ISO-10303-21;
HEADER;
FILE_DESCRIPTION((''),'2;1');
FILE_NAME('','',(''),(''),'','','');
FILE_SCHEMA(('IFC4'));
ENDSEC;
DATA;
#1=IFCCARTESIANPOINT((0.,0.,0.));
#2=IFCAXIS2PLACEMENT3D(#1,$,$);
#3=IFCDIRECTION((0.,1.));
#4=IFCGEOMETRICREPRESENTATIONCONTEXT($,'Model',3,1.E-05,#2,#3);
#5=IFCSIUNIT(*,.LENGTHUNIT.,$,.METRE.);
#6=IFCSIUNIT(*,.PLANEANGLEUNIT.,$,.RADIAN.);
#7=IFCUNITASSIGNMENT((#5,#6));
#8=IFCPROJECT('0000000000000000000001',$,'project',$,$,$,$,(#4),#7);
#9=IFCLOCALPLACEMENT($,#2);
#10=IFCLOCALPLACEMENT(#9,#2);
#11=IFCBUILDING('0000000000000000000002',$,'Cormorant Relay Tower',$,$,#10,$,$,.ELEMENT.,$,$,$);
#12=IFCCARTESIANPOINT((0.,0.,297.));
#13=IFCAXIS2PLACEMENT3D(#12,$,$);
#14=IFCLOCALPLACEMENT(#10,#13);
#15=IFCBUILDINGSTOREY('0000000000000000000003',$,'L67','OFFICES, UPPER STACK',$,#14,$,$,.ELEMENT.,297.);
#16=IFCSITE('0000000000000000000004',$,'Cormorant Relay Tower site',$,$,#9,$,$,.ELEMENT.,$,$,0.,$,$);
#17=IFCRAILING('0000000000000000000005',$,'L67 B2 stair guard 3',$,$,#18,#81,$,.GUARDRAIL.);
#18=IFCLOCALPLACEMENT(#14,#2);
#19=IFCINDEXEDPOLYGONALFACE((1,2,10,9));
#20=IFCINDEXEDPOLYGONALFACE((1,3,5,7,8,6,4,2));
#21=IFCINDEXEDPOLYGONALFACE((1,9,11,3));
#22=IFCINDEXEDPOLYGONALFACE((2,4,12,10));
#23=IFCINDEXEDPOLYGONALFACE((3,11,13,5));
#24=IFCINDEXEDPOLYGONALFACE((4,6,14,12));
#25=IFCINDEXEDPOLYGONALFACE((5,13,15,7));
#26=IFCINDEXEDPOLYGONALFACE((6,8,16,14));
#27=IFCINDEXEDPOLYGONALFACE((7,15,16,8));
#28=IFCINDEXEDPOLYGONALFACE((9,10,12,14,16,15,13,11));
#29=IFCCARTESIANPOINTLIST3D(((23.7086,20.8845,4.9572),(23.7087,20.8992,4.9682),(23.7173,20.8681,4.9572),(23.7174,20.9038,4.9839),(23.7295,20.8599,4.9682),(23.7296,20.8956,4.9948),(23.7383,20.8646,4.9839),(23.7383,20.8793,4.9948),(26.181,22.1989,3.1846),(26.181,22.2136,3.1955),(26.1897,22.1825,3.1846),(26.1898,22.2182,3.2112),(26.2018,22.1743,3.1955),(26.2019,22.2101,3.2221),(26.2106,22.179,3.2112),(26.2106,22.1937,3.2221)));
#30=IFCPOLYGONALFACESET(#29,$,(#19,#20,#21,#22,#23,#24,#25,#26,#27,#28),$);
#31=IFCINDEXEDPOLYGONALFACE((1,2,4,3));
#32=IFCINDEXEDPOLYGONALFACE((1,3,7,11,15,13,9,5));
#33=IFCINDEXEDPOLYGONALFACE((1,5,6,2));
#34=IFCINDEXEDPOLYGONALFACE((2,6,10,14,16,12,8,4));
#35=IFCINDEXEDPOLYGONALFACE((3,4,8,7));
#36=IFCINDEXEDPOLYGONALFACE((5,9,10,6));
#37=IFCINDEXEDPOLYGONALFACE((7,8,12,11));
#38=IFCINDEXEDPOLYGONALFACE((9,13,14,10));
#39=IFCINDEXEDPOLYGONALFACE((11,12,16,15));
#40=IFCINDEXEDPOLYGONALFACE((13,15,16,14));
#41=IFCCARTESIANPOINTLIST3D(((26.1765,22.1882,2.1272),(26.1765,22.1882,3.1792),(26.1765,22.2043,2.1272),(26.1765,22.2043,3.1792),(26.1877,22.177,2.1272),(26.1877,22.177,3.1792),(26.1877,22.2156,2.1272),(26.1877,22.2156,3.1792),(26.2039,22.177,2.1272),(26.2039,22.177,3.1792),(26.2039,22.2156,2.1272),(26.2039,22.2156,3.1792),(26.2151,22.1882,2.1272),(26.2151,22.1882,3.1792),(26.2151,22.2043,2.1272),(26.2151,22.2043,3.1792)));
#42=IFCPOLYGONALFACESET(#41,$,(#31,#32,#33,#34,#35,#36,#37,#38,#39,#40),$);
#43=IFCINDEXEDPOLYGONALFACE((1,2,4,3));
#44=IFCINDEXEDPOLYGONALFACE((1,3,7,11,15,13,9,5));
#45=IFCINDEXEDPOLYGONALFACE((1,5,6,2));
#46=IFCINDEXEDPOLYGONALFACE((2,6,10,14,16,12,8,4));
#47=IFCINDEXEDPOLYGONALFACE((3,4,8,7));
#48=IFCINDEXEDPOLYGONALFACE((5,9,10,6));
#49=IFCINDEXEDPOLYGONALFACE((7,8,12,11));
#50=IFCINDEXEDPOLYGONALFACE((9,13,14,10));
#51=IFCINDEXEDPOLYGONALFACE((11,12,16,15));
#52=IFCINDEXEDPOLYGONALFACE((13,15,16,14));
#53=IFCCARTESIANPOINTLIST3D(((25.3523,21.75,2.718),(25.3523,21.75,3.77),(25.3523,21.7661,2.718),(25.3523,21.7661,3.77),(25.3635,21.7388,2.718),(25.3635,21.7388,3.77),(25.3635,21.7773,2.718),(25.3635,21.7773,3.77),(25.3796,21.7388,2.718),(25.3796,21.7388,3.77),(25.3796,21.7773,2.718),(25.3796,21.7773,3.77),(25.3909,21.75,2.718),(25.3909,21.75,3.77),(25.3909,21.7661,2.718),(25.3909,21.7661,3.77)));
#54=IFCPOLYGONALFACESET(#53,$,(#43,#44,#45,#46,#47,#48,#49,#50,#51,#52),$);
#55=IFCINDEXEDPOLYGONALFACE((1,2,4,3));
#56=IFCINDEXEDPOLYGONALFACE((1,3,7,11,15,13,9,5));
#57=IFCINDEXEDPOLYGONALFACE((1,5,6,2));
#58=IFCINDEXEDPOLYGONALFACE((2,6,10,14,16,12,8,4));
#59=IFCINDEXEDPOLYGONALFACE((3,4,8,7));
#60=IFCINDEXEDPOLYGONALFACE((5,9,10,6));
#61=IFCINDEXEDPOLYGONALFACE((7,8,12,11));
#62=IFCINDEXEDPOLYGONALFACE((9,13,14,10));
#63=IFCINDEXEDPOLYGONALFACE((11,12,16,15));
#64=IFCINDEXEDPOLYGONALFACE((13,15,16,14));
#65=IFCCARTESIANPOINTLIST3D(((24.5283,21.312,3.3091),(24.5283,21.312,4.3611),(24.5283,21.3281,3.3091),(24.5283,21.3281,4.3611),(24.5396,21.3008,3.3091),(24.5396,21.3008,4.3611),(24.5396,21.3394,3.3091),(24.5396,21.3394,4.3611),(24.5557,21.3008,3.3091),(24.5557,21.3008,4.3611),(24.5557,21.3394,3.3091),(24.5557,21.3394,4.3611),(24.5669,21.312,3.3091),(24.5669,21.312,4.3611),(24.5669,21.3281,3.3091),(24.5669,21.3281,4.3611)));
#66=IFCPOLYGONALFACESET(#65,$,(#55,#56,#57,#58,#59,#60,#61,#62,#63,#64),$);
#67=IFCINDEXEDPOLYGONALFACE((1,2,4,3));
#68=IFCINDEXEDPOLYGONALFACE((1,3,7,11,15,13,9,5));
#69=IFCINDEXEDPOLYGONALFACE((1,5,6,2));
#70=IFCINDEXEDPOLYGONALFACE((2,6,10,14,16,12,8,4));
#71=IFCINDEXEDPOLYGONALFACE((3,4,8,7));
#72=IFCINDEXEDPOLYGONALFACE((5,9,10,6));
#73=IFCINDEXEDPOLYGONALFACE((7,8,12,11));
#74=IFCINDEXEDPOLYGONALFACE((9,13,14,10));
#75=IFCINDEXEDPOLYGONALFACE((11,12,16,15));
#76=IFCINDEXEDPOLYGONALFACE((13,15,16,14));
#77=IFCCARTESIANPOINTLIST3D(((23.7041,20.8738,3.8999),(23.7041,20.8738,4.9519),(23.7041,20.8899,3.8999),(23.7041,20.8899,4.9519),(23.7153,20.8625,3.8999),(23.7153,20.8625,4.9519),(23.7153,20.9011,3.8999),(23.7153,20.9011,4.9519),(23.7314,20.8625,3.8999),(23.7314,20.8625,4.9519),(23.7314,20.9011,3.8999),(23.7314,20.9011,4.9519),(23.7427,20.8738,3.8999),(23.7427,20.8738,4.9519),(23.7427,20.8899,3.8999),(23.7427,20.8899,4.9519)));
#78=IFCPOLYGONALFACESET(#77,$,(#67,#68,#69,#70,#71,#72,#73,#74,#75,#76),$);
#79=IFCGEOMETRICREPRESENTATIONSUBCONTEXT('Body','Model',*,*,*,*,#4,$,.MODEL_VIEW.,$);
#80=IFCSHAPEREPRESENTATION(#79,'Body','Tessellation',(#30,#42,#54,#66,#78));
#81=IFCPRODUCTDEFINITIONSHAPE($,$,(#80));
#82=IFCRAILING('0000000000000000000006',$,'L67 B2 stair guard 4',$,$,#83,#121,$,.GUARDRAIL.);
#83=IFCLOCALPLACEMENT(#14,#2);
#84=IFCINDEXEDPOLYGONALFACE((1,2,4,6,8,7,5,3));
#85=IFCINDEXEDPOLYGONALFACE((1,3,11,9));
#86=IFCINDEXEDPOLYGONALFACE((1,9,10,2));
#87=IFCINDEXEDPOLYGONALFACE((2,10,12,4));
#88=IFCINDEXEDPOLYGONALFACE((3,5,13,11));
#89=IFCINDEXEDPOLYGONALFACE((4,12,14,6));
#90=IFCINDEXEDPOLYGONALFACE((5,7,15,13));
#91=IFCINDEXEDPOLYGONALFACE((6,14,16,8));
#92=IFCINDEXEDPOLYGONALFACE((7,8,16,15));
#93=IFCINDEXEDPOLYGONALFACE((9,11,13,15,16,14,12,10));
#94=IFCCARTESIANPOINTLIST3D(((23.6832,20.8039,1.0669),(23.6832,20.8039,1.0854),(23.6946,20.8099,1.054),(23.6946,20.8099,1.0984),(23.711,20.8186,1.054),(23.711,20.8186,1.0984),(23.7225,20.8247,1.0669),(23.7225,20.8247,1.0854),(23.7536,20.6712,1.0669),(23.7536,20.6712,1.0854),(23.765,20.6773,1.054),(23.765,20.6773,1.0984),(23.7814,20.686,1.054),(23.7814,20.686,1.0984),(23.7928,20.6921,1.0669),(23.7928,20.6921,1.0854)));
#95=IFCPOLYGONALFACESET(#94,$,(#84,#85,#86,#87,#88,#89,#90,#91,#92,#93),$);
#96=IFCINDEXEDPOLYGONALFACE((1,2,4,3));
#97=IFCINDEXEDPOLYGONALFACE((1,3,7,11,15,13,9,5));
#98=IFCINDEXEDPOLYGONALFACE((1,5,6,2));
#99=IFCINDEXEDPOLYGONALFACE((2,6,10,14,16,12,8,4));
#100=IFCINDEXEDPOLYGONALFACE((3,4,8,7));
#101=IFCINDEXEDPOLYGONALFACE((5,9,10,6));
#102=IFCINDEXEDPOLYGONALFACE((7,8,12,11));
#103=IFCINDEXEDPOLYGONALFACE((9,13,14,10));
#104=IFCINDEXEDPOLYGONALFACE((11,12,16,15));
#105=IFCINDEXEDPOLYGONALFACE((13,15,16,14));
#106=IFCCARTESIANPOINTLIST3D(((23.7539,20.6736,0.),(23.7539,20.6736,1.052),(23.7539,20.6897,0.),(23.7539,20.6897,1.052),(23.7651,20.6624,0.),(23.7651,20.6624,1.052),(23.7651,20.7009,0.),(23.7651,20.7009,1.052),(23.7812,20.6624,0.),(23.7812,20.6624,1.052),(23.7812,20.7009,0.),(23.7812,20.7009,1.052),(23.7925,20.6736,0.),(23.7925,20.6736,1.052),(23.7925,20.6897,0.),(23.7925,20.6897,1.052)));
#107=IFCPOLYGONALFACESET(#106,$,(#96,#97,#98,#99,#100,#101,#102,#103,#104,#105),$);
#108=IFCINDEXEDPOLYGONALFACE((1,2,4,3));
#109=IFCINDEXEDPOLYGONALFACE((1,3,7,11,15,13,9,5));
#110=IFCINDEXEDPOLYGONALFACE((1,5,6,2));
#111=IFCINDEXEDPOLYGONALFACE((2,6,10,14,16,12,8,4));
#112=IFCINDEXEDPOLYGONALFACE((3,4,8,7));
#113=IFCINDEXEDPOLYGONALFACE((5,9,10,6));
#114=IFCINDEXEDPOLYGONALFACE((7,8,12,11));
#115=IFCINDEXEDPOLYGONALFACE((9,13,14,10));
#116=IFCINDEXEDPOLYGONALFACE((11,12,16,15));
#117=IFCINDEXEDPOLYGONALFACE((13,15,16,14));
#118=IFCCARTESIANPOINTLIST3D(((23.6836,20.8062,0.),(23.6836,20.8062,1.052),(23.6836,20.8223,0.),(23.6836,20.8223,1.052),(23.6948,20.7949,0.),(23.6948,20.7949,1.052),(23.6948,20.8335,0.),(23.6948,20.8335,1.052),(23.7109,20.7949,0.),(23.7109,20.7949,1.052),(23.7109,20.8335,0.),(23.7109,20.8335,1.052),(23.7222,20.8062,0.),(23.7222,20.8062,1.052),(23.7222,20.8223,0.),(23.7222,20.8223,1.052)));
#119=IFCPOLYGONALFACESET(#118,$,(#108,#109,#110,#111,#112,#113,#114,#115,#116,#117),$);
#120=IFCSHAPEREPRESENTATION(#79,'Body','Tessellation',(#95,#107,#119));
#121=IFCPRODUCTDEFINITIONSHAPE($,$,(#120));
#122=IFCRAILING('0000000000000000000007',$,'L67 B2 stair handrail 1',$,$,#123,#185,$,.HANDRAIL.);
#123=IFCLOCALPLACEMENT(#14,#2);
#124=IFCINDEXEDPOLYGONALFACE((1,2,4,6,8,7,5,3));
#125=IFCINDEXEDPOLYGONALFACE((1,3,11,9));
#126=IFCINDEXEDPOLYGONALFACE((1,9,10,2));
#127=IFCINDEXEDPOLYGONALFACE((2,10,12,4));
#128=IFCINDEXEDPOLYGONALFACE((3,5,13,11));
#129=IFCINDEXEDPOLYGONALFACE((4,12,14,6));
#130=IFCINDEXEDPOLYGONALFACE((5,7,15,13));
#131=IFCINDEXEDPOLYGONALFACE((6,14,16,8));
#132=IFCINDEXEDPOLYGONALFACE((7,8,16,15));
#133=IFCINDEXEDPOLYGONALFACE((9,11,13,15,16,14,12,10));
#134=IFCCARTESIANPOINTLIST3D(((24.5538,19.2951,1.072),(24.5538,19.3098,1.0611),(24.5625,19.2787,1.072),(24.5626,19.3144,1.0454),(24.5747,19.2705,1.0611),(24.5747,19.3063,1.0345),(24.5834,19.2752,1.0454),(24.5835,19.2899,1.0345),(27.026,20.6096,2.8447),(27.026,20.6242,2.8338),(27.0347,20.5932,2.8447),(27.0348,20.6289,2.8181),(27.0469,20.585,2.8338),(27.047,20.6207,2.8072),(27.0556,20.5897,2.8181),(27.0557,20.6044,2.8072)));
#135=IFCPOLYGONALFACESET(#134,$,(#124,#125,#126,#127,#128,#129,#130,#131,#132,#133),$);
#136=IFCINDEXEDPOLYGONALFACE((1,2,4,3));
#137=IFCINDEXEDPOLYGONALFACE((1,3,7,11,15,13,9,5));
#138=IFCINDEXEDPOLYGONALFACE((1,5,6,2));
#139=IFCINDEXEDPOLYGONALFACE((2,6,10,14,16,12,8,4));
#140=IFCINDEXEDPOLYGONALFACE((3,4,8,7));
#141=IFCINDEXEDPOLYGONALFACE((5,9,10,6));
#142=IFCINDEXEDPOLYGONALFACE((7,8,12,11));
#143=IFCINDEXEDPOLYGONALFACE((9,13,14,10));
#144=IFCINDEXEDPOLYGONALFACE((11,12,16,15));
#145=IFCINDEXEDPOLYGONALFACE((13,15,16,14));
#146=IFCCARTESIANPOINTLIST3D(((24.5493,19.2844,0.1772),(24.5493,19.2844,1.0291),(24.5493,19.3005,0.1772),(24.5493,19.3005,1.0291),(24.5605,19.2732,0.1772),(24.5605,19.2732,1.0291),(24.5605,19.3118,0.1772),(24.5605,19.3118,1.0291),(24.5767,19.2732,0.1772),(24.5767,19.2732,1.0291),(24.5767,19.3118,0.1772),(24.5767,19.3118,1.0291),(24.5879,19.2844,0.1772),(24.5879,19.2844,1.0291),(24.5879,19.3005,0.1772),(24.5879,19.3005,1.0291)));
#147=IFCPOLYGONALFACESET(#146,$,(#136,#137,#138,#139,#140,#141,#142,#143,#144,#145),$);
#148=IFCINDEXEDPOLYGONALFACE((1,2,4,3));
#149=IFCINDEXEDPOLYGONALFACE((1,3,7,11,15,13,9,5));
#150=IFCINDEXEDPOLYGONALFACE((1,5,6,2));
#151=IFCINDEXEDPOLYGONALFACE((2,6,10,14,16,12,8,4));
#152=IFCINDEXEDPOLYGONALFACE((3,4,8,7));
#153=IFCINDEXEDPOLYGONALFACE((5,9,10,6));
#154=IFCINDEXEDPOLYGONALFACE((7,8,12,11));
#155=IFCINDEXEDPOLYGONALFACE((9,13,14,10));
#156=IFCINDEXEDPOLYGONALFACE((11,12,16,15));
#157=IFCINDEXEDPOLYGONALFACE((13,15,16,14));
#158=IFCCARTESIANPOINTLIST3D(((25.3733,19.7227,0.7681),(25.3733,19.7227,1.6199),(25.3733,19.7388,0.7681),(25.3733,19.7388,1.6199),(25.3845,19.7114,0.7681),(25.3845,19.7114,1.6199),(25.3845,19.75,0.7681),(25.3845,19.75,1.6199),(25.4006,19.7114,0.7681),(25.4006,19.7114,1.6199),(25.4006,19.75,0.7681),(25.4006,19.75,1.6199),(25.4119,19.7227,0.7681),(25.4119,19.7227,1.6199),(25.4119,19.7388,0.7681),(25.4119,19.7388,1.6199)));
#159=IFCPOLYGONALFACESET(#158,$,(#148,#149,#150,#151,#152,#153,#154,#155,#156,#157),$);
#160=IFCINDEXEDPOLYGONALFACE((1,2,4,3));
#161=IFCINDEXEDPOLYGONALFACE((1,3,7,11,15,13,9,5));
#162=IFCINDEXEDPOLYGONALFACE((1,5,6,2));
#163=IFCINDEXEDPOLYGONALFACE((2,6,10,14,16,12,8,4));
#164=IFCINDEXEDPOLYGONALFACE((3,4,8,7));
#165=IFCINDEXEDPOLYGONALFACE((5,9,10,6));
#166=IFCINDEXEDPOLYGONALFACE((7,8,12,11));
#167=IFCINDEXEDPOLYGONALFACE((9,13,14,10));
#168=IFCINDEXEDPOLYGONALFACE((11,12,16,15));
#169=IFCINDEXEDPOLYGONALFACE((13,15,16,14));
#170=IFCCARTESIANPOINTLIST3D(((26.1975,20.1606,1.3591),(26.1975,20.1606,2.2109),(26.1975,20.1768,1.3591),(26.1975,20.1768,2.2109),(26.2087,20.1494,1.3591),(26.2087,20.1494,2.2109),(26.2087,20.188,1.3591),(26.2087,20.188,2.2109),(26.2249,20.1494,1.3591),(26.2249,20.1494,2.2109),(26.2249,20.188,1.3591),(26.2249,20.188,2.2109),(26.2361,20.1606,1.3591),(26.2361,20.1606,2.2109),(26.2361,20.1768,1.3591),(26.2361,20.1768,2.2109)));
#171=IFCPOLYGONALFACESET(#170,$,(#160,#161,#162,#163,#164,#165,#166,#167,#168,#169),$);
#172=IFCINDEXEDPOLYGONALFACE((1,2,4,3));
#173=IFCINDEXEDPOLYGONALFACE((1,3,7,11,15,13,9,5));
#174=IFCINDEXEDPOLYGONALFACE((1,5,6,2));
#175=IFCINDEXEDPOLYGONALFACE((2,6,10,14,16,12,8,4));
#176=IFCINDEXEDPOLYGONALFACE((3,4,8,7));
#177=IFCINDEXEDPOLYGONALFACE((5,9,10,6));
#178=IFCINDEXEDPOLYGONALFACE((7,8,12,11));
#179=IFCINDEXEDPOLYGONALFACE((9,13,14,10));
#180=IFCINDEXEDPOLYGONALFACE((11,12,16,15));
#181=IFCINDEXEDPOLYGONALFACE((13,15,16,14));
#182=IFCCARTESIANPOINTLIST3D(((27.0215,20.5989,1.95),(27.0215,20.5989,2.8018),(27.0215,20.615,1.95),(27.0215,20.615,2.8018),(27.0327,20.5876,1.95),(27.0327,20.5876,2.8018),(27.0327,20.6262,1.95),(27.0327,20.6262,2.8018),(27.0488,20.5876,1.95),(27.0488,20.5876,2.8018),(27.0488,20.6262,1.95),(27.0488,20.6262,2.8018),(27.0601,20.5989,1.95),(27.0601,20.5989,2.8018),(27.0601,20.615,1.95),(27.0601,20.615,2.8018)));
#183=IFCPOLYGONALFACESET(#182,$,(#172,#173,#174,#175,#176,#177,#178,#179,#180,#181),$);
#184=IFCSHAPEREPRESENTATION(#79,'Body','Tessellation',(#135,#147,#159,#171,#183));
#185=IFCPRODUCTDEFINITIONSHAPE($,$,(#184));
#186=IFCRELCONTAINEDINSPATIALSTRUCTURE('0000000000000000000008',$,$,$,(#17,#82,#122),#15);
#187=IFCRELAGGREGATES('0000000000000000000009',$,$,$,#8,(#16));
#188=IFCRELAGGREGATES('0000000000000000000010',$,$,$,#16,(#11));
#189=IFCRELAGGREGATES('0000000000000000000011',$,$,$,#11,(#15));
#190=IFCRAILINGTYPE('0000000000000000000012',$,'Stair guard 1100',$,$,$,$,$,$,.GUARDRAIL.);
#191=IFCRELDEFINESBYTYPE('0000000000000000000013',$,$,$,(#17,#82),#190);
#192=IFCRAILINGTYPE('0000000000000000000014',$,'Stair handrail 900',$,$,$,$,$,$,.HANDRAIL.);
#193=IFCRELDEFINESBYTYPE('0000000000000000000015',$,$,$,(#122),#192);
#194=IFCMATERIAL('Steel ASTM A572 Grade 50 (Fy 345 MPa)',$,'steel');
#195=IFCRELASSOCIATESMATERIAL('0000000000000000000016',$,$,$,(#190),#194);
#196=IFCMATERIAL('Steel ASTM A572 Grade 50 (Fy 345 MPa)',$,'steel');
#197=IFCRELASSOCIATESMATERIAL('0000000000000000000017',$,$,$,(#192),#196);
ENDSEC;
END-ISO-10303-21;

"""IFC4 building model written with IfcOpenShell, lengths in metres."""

from ifc_helpers import new_model, si_unit, direction, frame, origin, place, context, subcontext, project, spatial, polyline, outline, extrude, material, type_object, element, save


model = new_model("IFC4")

# Units and contexts
model_context = context("Model", 3, precision=1e-05, world=origin(), true_north=direction((0.0, 1.0)))
body_context = subcontext(model_context, "Body", "Model", "MODEL_VIEW")
ifc_project = project(units=[si_unit("LENGTHUNIT", "METRE"), si_unit("PLANEANGLEUNIT", "RADIAN")], contexts=[model_context])

# Site, building, storey
site_placement = place(None, origin())
site = spatial("IfcSite", under=ifc_project, at=site_placement, Name="Cormorant Relay Tower site", CompositionType="ELEMENT", RefElevation=0.0)
building_placement = place(site_placement, origin())
building = spatial("IfcBuilding", under=site, at=building_placement, Name="Cormorant Relay Tower", CompositionType="ELEMENT")
storey_placement = place(building_placement, frame((0.0, 0.0, 297.0)))
storey = spatial("IfcBuildingStorey", under=building, at=storey_placement, Name="L67", Description="OFFICES, UPPER STACK", CompositionType="ELEMENT", Elevation=297.0)

# Railings
ifc_material_1 = material(Name="Steel ASTM A572 Grade 50 (Fy 345 MPa)", Category="steel")
railing_type_1 = type_object("IfcRailingType", Name="Stair guard 1100", PredefinedType="GUARDRAIL", material=ifc_material_1)
railing_1_placement = place(storey_placement, frame((26.1958, 22.1963, 2.1272)))
element("IfcRailing", 1, at=railing_1_placement, inside=storey, type_object=railing_type_1, Name="L67 B2 stair guard 3", PredefinedType="GUARDRAIL", context=body_context, shape_type="SweptSolid", body=[
    extrude(outline(polyline([(0.0222, 0.0093), (0.0093, 0.0222), (-0.0093, 0.0222), (-0.0222, 0.0093), (-0.0222, -0.0093), (-0.0093, -0.0222), (0.0093, -0.0222), (0.0222, -0.0093), (0.0222, 0.0093)])), frame((0.0, 0.0, 1.0762), z_axis=(-0.746034, -0.396627, 0.534902), x_axis=(0.469429, -0.88297, 0.0)), (0.0, 0.0, 1.0), 3.314),
    extrude(outline(polyline([(0.0193, 0.0081), (0.0081, 0.0193), (-0.0081, 0.0193), (-0.0193, 0.0081), (-0.0193, -0.0081), (-0.0081, -0.0193), (0.0081, -0.0193), (0.0193, -0.0081), (0.0193, 0.0081)])), origin(), (0.0, 0.0, 1.0), 1.052),
    extrude(outline(polyline([(0.0193, 0.0081), (0.0081, 0.0193), (-0.0081, 0.0193), (-0.0193, 0.0081), (-0.0193, -0.0081), (-0.0081, -0.0193), (0.0081, -0.0193), (0.0193, -0.0081), (0.0193, 0.0081)])), frame((-0.8242, -0.4382, 0.5908)), (0.0, 0.0, 1.0), 1.052),
    extrude(outline(polyline([(0.0193, 0.0081), (0.0081, 0.0193), (-0.0081, 0.0193), (-0.0193, 0.0081), (-0.0193, -0.0081), (-0.0081, -0.0193), (0.0081, -0.0193), (0.0193, -0.0081), (0.0193, 0.0081)])), frame((-1.6482, -0.8762, 1.1819)), (0.0, 0.0, 1.0), 1.052),
    extrude(outline(polyline([(0.0193, 0.0081), (0.0081, 0.0193), (-0.0081, 0.0193), (-0.0193, 0.0081), (-0.0193, -0.0081), (-0.0081, -0.0193), (0.0081, -0.0193), (0.0193, -0.0081), (0.0193, 0.0081)])), frame((-2.4724, -1.3145, 1.7727)), (0.0, 0.0, 1.0), 1.052),
])
railing_2_placement = place(storey_placement, frame((23.7732, 20.6816, 0.0)))
element("IfcRailing", 2, at=railing_2_placement, inside=storey, type_object=railing_type_1, Name="L67 B2 stair guard 4", PredefinedType="GUARDRAIL", context=body_context, shape_type="SweptSolid", body=[
    extrude(outline(polyline([(0.0222, 0.0093), (0.0093, 0.0222), (-0.0093, 0.0222), (-0.0222, 0.0093), (-0.0222, -0.0093), (-0.0093, -0.0222), (0.0093, -0.0222), (0.0222, -0.0093), (0.0222, 0.0093)])), frame((0.0, 0.0, 1.0762), z_axis=(-0.46856, 0.883431, 0.0), x_axis=(-0.883431, -0.46856, 0.0)), (0.0, 0.0, 1.0), 0.1501),
    extrude(outline(polyline([(0.0193, 0.0081), (0.0081, 0.0193), (-0.0081, 0.0193), (-0.0193, 0.0081), (-0.0193, -0.0081), (-0.0081, -0.0193), (0.0081, -0.0193), (0.0193, -0.0081), (0.0193, 0.0081)])), origin(), (0.0, 0.0, 1.0), 1.052),
    extrude(outline(polyline([(0.0193, 0.0081), (0.0081, 0.0193), (-0.0081, 0.0193), (-0.0193, 0.0081), (-0.0193, -0.0081), (-0.0081, -0.0193), (0.0081, -0.0193), (0.0193, -0.0081), (0.0193, 0.0081)])), frame((-0.0703, 0.1326, 0.0)), (0.0, 0.0, 1.0), 1.052),
])
ifc_material_2 = material(Name="Steel ASTM A572 Grade 50 (Fy 345 MPa)", Category="steel")
railing_type_2 = type_object("IfcRailingType", Name="Stair handrail 900", PredefinedType="HANDRAIL", material=ifc_material_2)
railing_3_placement = place(storey_placement, frame((24.5686, 19.2925, 0.1772)))
element("IfcRailing", 3, at=railing_3_placement, inside=storey, type_object=railing_type_2, Name="L67 B2 stair handrail 1", PredefinedType="HANDRAIL", context=body_context, shape_type="SweptSolid", body=[
    extrude(outline(polyline([(0.0222, 0.0093), (0.0093, 0.0222), (-0.0093, 0.0222), (-0.0222, 0.0093), (-0.0222, -0.0093), (-0.0093, -0.0222), (0.0093, -0.0222), (0.0222, -0.0093), (0.0222, 0.0093)])), frame((0.0, 0.0, 0.876), z_axis=(0.746001, 0.396649, 0.534931), x_axis=(-0.469465, 0.882951, 0.0)), (0.0, 0.0, 1.0), 3.314),
    extrude(outline(polyline([(0.0193, 0.0081), (0.0081, 0.0193), (-0.0081, 0.0193), (-0.0193, 0.0081), (-0.0193, -0.0081), (-0.0081, -0.0193), (0.0081, -0.0193), (0.0193, -0.0081), (0.0193, 0.0081)])), origin(), (0.0, 0.0, 1.0), 0.8518),
    extrude(outline(polyline([(0.0193, 0.0081), (0.0081, 0.0193), (-0.0081, 0.0193), (-0.0193, 0.0081), (-0.0193, -0.0081), (-0.0081, -0.0193), (0.0081, -0.0193), (0.0193, -0.0081), (0.0193, 0.0081)])), frame((0.824, 0.4382, 0.5908)), (0.0, 0.0, 1.0), 0.8518),
    extrude(outline(polyline([(0.0193, 0.0081), (0.0081, 0.0193), (-0.0081, 0.0193), (-0.0193, 0.0081), (-0.0193, -0.0081), (-0.0081, -0.0193), (0.0081, -0.0193), (0.0193, -0.0081), (0.0193, 0.0081)])), frame((1.6482, 0.8762, 1.1819)), (0.0, 0.0, 1.0), 0.8518),
    extrude(outline(polyline([(0.0193, 0.0081), (0.0081, 0.0193), (-0.0081, 0.0193), (-0.0193, 0.0081), (-0.0193, -0.0081), (-0.0081, -0.0193), (0.0081, -0.0193), (0.0193, -0.0081), (0.0193, 0.0081)])), frame((2.4722, 1.3145, 1.7727)), (0.0, 0.0, 1.0), 0.8518),
])

save(model, "model.ifc")
